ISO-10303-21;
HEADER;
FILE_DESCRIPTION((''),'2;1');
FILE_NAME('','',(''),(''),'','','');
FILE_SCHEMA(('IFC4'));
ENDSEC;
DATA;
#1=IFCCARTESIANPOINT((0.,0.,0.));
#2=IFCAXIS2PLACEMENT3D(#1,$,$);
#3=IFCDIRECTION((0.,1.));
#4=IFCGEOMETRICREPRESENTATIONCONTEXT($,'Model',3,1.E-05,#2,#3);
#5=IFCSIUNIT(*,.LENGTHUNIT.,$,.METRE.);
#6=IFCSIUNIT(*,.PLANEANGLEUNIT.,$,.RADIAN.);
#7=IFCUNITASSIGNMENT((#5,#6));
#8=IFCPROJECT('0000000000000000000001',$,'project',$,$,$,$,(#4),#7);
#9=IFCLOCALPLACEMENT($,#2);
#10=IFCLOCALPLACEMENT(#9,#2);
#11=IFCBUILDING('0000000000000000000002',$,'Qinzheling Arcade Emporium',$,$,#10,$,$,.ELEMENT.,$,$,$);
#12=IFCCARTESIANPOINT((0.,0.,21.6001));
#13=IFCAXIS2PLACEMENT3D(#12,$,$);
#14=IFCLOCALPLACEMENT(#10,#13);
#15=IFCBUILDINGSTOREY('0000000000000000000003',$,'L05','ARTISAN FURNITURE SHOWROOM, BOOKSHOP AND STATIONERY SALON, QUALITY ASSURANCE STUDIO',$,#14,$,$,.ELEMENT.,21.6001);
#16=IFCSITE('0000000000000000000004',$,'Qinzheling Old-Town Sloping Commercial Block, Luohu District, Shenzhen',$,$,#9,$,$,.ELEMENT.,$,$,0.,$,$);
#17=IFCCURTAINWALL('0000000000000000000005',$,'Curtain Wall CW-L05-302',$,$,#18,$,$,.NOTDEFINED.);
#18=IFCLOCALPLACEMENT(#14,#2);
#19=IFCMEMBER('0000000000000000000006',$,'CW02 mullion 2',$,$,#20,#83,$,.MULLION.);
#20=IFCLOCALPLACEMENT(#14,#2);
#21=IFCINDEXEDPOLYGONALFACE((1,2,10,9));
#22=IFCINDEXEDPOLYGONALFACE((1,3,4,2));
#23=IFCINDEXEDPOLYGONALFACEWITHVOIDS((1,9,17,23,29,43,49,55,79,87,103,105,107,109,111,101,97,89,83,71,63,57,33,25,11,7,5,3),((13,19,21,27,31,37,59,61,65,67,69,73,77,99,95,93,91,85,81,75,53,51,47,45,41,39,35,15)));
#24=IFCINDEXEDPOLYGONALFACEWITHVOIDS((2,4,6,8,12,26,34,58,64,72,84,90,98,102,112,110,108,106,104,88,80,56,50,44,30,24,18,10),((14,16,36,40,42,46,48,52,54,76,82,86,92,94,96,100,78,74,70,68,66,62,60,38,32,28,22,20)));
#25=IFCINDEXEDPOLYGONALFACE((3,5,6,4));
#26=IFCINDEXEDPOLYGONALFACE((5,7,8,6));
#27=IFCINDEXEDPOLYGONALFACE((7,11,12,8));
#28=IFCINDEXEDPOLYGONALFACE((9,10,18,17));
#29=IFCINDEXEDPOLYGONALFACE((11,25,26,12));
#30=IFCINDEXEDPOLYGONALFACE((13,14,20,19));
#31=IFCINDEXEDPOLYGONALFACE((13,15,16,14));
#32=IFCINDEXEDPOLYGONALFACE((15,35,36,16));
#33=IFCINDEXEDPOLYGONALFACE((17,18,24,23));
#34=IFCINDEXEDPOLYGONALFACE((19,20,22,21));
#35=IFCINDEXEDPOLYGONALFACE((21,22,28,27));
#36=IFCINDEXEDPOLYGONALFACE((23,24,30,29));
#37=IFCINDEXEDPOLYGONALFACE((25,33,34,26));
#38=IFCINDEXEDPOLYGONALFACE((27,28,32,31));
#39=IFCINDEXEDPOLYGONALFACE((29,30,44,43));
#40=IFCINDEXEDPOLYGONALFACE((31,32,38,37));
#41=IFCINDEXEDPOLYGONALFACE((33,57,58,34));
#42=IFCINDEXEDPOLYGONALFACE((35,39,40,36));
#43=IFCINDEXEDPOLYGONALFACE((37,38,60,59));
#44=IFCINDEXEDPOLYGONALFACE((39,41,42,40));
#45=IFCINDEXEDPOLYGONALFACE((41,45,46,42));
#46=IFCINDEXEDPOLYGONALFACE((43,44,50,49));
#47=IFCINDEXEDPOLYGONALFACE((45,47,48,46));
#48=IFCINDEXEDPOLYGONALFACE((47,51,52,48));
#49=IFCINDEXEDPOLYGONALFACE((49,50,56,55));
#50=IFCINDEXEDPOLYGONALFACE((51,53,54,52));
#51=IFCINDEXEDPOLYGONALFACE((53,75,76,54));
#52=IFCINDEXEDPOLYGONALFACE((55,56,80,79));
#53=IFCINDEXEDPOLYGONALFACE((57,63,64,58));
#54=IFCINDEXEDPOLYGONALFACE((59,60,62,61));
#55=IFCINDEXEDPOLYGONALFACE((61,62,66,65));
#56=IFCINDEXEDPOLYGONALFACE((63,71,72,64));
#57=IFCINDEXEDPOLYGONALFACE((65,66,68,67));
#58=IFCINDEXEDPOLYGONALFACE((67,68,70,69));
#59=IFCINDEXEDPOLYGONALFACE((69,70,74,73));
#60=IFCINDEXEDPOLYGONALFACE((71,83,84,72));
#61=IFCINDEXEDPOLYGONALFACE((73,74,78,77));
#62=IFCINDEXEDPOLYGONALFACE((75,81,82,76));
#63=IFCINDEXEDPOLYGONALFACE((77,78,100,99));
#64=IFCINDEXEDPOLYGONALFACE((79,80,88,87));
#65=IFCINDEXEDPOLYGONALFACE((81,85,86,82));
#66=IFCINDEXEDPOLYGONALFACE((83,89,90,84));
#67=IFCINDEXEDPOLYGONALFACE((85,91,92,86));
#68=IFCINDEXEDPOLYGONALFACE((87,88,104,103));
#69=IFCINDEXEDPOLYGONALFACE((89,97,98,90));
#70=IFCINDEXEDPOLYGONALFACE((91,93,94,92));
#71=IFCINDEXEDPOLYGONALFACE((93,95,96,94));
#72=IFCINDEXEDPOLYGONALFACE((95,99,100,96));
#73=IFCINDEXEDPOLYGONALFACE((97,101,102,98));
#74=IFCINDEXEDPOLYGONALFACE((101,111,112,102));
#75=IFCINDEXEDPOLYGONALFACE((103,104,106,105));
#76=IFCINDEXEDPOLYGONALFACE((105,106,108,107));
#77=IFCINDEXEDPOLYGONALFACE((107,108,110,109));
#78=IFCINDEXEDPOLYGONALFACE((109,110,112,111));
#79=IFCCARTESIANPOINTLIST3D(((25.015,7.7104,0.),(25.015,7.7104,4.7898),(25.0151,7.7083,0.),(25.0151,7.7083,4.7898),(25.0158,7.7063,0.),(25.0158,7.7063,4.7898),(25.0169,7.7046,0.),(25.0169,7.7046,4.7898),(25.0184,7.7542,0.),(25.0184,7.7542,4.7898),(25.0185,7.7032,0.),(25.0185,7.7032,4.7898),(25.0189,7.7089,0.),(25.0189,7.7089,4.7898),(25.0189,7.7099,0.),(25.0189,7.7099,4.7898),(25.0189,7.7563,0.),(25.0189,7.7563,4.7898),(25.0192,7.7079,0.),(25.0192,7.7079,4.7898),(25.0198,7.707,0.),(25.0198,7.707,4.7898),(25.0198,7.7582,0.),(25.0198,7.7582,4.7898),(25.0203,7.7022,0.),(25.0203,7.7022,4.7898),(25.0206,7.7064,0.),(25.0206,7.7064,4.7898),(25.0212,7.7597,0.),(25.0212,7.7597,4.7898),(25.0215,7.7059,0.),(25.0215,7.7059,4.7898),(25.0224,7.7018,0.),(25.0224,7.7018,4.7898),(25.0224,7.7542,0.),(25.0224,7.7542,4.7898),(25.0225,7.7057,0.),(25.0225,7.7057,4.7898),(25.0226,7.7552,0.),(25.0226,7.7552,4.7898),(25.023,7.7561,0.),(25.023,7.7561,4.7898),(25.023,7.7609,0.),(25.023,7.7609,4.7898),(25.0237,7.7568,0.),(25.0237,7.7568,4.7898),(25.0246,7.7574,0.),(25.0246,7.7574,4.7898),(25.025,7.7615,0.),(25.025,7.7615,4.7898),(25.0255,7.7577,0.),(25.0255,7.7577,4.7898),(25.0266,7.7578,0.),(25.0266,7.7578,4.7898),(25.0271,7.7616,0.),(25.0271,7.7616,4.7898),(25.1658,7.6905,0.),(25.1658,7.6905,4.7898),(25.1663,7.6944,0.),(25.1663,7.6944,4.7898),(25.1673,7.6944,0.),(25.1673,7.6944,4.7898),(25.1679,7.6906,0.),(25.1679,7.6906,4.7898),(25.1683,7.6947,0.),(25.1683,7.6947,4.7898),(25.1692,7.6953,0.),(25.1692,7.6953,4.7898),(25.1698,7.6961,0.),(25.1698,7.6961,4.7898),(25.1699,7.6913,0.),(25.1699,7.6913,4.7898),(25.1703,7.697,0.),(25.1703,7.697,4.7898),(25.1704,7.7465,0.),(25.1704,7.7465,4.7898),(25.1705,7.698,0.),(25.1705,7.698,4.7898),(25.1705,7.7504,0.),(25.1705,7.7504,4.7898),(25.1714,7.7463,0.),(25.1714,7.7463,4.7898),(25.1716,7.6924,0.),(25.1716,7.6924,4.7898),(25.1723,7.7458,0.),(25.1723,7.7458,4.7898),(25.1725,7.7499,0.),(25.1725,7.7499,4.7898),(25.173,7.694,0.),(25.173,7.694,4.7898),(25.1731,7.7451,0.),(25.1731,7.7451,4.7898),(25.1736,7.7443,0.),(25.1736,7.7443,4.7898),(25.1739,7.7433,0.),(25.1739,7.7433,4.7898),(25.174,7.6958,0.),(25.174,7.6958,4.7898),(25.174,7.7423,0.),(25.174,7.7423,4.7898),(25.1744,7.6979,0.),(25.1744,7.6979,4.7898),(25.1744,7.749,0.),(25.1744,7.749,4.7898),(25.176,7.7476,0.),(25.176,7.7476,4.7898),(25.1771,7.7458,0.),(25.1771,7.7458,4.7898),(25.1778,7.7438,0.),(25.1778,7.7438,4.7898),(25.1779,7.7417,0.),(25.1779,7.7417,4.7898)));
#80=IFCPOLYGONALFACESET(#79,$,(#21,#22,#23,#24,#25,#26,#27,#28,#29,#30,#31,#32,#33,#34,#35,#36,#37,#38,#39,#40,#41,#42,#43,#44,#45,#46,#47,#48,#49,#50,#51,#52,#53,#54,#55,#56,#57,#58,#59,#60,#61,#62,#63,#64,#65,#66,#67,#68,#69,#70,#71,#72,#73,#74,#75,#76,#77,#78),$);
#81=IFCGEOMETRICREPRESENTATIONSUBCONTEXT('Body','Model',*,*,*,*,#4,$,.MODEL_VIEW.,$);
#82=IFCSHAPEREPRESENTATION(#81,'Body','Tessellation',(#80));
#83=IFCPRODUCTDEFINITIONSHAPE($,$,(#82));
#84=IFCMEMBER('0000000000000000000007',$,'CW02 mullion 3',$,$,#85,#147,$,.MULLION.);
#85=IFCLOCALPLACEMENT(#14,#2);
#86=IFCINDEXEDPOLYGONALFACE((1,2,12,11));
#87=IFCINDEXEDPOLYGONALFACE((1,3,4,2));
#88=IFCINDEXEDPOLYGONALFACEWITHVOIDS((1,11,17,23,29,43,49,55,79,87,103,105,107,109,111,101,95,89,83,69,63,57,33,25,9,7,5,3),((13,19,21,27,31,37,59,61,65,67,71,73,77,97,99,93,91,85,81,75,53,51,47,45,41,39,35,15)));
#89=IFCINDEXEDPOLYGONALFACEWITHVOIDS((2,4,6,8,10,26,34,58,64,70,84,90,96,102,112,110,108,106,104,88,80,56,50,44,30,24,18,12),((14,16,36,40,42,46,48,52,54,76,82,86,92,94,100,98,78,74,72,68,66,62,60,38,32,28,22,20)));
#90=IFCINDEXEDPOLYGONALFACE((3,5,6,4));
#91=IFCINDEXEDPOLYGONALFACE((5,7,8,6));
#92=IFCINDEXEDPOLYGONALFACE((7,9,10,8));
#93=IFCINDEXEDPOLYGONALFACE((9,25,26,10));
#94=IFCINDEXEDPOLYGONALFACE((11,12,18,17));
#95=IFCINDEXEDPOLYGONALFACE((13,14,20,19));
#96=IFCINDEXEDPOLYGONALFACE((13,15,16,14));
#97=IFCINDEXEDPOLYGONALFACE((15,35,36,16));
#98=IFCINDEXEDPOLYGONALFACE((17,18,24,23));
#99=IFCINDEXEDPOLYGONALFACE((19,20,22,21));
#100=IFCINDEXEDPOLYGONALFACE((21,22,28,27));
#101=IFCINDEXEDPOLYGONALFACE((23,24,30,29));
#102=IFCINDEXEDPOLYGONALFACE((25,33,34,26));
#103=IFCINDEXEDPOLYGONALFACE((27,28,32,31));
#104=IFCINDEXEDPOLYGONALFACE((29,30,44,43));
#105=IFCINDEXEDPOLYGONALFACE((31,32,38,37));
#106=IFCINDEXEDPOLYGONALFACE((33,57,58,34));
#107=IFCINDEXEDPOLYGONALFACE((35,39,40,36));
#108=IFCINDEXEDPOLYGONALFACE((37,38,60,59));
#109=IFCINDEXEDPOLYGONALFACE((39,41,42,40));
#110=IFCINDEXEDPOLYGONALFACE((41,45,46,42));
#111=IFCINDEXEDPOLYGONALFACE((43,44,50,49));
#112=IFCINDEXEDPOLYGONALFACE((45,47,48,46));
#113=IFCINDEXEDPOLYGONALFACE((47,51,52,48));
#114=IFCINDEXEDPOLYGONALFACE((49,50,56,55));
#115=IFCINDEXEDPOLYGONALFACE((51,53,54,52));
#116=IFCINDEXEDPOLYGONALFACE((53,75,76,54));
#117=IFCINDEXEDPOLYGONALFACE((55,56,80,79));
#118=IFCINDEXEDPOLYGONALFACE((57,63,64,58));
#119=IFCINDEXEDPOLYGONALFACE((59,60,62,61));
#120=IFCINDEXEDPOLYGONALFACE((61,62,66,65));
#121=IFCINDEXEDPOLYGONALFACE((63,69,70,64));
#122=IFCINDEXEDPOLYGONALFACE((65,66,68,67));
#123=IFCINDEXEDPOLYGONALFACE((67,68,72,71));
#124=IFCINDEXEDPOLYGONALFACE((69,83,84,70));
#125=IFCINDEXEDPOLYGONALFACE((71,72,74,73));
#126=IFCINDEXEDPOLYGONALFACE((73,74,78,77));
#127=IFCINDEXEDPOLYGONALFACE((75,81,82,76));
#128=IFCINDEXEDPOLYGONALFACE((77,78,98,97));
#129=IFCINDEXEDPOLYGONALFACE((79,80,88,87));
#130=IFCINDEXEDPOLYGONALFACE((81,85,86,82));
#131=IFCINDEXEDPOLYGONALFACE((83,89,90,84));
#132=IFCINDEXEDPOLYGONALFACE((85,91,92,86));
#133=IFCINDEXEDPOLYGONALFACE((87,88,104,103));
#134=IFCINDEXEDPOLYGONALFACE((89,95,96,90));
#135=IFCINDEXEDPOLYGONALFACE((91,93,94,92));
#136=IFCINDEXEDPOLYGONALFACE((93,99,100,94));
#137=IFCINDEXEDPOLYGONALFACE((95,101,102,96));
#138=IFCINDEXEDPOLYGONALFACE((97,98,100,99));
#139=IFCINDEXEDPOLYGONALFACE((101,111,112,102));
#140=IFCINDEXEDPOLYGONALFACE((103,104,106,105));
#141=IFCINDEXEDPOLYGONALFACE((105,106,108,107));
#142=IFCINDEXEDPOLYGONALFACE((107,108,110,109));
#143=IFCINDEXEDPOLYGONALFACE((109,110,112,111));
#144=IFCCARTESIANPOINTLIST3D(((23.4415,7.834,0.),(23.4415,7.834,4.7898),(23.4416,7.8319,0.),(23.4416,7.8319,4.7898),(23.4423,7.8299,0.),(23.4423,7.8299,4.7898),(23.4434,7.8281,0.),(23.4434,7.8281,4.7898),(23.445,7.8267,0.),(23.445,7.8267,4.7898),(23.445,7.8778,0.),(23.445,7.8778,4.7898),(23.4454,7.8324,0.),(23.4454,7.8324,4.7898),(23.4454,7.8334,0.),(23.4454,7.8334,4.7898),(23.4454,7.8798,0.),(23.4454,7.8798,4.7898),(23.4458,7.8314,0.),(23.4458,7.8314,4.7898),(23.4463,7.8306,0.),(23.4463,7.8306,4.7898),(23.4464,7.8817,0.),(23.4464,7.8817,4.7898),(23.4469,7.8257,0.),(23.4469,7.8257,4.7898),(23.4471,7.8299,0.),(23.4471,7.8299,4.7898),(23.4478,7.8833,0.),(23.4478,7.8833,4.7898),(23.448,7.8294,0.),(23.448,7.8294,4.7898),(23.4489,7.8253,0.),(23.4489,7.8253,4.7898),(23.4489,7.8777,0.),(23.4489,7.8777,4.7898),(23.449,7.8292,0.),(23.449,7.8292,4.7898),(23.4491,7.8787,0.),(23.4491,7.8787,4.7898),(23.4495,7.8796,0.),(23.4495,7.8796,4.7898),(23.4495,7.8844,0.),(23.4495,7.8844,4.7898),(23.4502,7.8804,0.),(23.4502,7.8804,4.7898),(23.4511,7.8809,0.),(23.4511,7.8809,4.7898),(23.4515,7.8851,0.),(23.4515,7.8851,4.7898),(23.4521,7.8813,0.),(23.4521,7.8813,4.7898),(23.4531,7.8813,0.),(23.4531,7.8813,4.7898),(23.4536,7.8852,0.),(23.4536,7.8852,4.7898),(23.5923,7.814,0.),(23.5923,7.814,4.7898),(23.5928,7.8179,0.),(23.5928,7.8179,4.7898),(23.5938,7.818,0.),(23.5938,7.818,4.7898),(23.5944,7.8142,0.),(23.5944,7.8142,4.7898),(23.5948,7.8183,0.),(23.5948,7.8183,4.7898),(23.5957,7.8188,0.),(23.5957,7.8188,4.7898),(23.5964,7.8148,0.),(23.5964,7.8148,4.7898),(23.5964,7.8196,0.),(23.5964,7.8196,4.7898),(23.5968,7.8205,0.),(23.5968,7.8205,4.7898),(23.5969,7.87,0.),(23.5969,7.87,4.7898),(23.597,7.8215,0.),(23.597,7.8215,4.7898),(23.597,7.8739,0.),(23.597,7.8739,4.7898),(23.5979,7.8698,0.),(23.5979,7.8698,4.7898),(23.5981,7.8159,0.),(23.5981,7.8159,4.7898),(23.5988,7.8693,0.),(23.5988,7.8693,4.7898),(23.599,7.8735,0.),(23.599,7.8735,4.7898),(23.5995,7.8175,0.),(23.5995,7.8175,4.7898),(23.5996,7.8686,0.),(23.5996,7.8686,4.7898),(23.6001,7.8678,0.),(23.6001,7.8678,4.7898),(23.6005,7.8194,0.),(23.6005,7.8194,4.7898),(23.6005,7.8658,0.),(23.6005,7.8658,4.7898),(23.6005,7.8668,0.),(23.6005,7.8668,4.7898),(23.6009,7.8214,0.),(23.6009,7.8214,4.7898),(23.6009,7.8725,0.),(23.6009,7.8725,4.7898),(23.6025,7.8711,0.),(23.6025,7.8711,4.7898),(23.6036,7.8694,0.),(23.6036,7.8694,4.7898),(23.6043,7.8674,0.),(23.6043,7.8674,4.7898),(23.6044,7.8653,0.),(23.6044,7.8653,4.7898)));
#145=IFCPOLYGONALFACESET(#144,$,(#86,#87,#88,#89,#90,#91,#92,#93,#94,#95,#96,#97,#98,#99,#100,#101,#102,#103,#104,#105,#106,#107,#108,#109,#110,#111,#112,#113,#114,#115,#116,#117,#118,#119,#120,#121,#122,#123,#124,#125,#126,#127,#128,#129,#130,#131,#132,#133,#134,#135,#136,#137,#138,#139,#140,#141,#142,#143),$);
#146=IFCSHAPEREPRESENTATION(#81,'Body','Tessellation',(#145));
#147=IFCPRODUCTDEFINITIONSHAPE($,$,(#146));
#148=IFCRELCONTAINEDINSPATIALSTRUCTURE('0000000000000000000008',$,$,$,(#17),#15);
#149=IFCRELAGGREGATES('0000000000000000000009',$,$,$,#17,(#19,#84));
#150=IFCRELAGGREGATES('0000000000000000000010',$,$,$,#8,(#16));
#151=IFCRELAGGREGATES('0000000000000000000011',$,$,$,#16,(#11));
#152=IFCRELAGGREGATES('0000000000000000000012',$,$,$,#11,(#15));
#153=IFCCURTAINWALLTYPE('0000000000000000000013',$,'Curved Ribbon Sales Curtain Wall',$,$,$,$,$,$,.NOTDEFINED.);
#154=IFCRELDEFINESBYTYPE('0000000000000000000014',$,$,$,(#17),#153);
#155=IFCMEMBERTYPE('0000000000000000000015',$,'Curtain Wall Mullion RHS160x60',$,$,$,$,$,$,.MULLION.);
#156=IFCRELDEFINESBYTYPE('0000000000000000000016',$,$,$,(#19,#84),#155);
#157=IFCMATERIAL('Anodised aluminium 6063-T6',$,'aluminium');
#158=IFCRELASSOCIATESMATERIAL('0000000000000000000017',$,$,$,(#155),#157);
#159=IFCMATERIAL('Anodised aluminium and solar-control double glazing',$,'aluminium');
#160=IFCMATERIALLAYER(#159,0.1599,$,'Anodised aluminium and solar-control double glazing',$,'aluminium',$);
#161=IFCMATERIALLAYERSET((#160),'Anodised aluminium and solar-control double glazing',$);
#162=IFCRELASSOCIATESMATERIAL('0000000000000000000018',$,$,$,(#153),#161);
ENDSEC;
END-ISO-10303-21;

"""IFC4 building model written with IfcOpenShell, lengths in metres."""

from ifc_helpers import new_model, si_unit, direction, frame, origin, origin_2d, place, context, subcontext, project, spatial, hollow_rectangle, extrude, material, layer, layer_set, material_profile, profile_set, type_object, element, aggregate, save


model = new_model("IFC4")

# Units and contexts
model_context = context("Model", 3, precision=1e-05, world=origin(), true_north=direction((0.0, 1.0)))
body_context = subcontext(model_context, "Body", "Model", "MODEL_VIEW")
ifc_project = project(units=[si_unit("LENGTHUNIT", "METRE"), si_unit("PLANEANGLEUNIT", "RADIAN")], contexts=[model_context])

# Site, building, storey
site_placement = place(None, origin())
site = spatial("IfcSite", under=ifc_project, at=site_placement, Name="Qinzheling Old-Town Sloping Commercial Block, Luohu District, Shenzhen", CompositionType="ELEMENT", RefElevation=0.0)
building_placement = place(site_placement, origin())
building = spatial("IfcBuilding", under=site, at=building_placement, Name="Qinzheling Arcade Emporium", CompositionType="ELEMENT")
storey_placement = place(building_placement, frame((0.0, 0.0, 21.6001)))
storey = spatial("IfcBuildingStorey", under=building, at=storey_placement, Name="L05", Description="ARTISAN FURNITURE SHOWROOM, BOOKSHOP AND STATIONERY SALON, QUALITY ASSURANCE STUDIO", CompositionType="ELEMENT", Elevation=21.6001)

# Shared definitions
ifc_material_1 = material(Name="Anodised aluminium and solar-control double glazing", Category="aluminium")
ifc_material_2 = material(Name="Anodised aluminium 6063-T6", Category="aluminium")
ifc_material_profile_1 = material_profile(ifc_material_2, hollow_rectangle(XDim=0.0601, YDim=0.1599, WallThickness=0.0039, InnerFilletRadius=0.0039, OuterFilletRadius=0.0081, at=origin_2d()), Name="RHS 160x60x4", Category="aluminium")
ifc_profile_set_1 = profile_set([ifc_material_profile_1], Name="Anodised aluminium 6063-T6")
member_type_1 = type_object("IfcMemberType", Name="Curtain Wall Mullion RHS160x60", PredefinedType="MULLION", material=ifc_profile_set_1)

# Curtain wall, members
ifc_layer_1 = layer(ifc_material_1, 0.1599, Name="Anodised aluminium and solar-control double glazing", Category="aluminium")
ifc_layer_set_1 = layer_set([ifc_layer_1], Name="Anodised aluminium and solar-control double glazing")
curtain_wall_type_1 = type_object("IfcCurtainWallType", Name="Curved Ribbon Sales Curtain Wall", PredefinedType="NOTDEFINED", material=ifc_layer_set_1)
curtain_wall_1_placement = place(storey_placement, origin())
curtain_wall_1 = element("IfcCurtainWall", 1, at=curtain_wall_1_placement, inside=storey, type_object=curtain_wall_type_1, Name="Curtain Wall CW-L05-302", PredefinedType="NOTDEFINED")
member_1_placement = place(storey_placement, frame((25.0964, 7.7261, 0.0), z_axis=(0.0, 0.0, 1.0), x_axis=(-0.078337, -0.996927, 0.0)))
member_1 = element("IfcMember", 2, at=member_1_placement, type_object=member_type_1, Name="CW02 mullion 2", PredefinedType="MULLION", context=body_context, shape_type="SweptSolid", body=[
    extrude(hollow_rectangle(XDim=0.0601, YDim=0.1599, WallThickness=0.0039, InnerFilletRadius=0.0039, OuterFilletRadius=0.0081, at=origin_2d()), origin(), (0.0, 0.0, 1.0), 4.7898),
])
member_2_placement = place(storey_placement, frame((23.5229, 7.8496, 0.0), z_axis=(0.0, 0.0, 1.0), x_axis=(-0.078337, -0.996927, 0.0)))
member_2 = element("IfcMember", 3, at=member_2_placement, type_object=member_type_1, Name="CW02 mullion 3", PredefinedType="MULLION", context=body_context, shape_type="SweptSolid", body=[
    extrude(hollow_rectangle(XDim=0.0601, YDim=0.1599, WallThickness=0.0039, InnerFilletRadius=0.0039, OuterFilletRadius=0.0081, at=origin_2d()), origin(), (0.0, 0.0, 1.0), 4.7898),
])

aggregate(curtain_wall_1, [member_1, member_2])

save(model, "model.ifc")
